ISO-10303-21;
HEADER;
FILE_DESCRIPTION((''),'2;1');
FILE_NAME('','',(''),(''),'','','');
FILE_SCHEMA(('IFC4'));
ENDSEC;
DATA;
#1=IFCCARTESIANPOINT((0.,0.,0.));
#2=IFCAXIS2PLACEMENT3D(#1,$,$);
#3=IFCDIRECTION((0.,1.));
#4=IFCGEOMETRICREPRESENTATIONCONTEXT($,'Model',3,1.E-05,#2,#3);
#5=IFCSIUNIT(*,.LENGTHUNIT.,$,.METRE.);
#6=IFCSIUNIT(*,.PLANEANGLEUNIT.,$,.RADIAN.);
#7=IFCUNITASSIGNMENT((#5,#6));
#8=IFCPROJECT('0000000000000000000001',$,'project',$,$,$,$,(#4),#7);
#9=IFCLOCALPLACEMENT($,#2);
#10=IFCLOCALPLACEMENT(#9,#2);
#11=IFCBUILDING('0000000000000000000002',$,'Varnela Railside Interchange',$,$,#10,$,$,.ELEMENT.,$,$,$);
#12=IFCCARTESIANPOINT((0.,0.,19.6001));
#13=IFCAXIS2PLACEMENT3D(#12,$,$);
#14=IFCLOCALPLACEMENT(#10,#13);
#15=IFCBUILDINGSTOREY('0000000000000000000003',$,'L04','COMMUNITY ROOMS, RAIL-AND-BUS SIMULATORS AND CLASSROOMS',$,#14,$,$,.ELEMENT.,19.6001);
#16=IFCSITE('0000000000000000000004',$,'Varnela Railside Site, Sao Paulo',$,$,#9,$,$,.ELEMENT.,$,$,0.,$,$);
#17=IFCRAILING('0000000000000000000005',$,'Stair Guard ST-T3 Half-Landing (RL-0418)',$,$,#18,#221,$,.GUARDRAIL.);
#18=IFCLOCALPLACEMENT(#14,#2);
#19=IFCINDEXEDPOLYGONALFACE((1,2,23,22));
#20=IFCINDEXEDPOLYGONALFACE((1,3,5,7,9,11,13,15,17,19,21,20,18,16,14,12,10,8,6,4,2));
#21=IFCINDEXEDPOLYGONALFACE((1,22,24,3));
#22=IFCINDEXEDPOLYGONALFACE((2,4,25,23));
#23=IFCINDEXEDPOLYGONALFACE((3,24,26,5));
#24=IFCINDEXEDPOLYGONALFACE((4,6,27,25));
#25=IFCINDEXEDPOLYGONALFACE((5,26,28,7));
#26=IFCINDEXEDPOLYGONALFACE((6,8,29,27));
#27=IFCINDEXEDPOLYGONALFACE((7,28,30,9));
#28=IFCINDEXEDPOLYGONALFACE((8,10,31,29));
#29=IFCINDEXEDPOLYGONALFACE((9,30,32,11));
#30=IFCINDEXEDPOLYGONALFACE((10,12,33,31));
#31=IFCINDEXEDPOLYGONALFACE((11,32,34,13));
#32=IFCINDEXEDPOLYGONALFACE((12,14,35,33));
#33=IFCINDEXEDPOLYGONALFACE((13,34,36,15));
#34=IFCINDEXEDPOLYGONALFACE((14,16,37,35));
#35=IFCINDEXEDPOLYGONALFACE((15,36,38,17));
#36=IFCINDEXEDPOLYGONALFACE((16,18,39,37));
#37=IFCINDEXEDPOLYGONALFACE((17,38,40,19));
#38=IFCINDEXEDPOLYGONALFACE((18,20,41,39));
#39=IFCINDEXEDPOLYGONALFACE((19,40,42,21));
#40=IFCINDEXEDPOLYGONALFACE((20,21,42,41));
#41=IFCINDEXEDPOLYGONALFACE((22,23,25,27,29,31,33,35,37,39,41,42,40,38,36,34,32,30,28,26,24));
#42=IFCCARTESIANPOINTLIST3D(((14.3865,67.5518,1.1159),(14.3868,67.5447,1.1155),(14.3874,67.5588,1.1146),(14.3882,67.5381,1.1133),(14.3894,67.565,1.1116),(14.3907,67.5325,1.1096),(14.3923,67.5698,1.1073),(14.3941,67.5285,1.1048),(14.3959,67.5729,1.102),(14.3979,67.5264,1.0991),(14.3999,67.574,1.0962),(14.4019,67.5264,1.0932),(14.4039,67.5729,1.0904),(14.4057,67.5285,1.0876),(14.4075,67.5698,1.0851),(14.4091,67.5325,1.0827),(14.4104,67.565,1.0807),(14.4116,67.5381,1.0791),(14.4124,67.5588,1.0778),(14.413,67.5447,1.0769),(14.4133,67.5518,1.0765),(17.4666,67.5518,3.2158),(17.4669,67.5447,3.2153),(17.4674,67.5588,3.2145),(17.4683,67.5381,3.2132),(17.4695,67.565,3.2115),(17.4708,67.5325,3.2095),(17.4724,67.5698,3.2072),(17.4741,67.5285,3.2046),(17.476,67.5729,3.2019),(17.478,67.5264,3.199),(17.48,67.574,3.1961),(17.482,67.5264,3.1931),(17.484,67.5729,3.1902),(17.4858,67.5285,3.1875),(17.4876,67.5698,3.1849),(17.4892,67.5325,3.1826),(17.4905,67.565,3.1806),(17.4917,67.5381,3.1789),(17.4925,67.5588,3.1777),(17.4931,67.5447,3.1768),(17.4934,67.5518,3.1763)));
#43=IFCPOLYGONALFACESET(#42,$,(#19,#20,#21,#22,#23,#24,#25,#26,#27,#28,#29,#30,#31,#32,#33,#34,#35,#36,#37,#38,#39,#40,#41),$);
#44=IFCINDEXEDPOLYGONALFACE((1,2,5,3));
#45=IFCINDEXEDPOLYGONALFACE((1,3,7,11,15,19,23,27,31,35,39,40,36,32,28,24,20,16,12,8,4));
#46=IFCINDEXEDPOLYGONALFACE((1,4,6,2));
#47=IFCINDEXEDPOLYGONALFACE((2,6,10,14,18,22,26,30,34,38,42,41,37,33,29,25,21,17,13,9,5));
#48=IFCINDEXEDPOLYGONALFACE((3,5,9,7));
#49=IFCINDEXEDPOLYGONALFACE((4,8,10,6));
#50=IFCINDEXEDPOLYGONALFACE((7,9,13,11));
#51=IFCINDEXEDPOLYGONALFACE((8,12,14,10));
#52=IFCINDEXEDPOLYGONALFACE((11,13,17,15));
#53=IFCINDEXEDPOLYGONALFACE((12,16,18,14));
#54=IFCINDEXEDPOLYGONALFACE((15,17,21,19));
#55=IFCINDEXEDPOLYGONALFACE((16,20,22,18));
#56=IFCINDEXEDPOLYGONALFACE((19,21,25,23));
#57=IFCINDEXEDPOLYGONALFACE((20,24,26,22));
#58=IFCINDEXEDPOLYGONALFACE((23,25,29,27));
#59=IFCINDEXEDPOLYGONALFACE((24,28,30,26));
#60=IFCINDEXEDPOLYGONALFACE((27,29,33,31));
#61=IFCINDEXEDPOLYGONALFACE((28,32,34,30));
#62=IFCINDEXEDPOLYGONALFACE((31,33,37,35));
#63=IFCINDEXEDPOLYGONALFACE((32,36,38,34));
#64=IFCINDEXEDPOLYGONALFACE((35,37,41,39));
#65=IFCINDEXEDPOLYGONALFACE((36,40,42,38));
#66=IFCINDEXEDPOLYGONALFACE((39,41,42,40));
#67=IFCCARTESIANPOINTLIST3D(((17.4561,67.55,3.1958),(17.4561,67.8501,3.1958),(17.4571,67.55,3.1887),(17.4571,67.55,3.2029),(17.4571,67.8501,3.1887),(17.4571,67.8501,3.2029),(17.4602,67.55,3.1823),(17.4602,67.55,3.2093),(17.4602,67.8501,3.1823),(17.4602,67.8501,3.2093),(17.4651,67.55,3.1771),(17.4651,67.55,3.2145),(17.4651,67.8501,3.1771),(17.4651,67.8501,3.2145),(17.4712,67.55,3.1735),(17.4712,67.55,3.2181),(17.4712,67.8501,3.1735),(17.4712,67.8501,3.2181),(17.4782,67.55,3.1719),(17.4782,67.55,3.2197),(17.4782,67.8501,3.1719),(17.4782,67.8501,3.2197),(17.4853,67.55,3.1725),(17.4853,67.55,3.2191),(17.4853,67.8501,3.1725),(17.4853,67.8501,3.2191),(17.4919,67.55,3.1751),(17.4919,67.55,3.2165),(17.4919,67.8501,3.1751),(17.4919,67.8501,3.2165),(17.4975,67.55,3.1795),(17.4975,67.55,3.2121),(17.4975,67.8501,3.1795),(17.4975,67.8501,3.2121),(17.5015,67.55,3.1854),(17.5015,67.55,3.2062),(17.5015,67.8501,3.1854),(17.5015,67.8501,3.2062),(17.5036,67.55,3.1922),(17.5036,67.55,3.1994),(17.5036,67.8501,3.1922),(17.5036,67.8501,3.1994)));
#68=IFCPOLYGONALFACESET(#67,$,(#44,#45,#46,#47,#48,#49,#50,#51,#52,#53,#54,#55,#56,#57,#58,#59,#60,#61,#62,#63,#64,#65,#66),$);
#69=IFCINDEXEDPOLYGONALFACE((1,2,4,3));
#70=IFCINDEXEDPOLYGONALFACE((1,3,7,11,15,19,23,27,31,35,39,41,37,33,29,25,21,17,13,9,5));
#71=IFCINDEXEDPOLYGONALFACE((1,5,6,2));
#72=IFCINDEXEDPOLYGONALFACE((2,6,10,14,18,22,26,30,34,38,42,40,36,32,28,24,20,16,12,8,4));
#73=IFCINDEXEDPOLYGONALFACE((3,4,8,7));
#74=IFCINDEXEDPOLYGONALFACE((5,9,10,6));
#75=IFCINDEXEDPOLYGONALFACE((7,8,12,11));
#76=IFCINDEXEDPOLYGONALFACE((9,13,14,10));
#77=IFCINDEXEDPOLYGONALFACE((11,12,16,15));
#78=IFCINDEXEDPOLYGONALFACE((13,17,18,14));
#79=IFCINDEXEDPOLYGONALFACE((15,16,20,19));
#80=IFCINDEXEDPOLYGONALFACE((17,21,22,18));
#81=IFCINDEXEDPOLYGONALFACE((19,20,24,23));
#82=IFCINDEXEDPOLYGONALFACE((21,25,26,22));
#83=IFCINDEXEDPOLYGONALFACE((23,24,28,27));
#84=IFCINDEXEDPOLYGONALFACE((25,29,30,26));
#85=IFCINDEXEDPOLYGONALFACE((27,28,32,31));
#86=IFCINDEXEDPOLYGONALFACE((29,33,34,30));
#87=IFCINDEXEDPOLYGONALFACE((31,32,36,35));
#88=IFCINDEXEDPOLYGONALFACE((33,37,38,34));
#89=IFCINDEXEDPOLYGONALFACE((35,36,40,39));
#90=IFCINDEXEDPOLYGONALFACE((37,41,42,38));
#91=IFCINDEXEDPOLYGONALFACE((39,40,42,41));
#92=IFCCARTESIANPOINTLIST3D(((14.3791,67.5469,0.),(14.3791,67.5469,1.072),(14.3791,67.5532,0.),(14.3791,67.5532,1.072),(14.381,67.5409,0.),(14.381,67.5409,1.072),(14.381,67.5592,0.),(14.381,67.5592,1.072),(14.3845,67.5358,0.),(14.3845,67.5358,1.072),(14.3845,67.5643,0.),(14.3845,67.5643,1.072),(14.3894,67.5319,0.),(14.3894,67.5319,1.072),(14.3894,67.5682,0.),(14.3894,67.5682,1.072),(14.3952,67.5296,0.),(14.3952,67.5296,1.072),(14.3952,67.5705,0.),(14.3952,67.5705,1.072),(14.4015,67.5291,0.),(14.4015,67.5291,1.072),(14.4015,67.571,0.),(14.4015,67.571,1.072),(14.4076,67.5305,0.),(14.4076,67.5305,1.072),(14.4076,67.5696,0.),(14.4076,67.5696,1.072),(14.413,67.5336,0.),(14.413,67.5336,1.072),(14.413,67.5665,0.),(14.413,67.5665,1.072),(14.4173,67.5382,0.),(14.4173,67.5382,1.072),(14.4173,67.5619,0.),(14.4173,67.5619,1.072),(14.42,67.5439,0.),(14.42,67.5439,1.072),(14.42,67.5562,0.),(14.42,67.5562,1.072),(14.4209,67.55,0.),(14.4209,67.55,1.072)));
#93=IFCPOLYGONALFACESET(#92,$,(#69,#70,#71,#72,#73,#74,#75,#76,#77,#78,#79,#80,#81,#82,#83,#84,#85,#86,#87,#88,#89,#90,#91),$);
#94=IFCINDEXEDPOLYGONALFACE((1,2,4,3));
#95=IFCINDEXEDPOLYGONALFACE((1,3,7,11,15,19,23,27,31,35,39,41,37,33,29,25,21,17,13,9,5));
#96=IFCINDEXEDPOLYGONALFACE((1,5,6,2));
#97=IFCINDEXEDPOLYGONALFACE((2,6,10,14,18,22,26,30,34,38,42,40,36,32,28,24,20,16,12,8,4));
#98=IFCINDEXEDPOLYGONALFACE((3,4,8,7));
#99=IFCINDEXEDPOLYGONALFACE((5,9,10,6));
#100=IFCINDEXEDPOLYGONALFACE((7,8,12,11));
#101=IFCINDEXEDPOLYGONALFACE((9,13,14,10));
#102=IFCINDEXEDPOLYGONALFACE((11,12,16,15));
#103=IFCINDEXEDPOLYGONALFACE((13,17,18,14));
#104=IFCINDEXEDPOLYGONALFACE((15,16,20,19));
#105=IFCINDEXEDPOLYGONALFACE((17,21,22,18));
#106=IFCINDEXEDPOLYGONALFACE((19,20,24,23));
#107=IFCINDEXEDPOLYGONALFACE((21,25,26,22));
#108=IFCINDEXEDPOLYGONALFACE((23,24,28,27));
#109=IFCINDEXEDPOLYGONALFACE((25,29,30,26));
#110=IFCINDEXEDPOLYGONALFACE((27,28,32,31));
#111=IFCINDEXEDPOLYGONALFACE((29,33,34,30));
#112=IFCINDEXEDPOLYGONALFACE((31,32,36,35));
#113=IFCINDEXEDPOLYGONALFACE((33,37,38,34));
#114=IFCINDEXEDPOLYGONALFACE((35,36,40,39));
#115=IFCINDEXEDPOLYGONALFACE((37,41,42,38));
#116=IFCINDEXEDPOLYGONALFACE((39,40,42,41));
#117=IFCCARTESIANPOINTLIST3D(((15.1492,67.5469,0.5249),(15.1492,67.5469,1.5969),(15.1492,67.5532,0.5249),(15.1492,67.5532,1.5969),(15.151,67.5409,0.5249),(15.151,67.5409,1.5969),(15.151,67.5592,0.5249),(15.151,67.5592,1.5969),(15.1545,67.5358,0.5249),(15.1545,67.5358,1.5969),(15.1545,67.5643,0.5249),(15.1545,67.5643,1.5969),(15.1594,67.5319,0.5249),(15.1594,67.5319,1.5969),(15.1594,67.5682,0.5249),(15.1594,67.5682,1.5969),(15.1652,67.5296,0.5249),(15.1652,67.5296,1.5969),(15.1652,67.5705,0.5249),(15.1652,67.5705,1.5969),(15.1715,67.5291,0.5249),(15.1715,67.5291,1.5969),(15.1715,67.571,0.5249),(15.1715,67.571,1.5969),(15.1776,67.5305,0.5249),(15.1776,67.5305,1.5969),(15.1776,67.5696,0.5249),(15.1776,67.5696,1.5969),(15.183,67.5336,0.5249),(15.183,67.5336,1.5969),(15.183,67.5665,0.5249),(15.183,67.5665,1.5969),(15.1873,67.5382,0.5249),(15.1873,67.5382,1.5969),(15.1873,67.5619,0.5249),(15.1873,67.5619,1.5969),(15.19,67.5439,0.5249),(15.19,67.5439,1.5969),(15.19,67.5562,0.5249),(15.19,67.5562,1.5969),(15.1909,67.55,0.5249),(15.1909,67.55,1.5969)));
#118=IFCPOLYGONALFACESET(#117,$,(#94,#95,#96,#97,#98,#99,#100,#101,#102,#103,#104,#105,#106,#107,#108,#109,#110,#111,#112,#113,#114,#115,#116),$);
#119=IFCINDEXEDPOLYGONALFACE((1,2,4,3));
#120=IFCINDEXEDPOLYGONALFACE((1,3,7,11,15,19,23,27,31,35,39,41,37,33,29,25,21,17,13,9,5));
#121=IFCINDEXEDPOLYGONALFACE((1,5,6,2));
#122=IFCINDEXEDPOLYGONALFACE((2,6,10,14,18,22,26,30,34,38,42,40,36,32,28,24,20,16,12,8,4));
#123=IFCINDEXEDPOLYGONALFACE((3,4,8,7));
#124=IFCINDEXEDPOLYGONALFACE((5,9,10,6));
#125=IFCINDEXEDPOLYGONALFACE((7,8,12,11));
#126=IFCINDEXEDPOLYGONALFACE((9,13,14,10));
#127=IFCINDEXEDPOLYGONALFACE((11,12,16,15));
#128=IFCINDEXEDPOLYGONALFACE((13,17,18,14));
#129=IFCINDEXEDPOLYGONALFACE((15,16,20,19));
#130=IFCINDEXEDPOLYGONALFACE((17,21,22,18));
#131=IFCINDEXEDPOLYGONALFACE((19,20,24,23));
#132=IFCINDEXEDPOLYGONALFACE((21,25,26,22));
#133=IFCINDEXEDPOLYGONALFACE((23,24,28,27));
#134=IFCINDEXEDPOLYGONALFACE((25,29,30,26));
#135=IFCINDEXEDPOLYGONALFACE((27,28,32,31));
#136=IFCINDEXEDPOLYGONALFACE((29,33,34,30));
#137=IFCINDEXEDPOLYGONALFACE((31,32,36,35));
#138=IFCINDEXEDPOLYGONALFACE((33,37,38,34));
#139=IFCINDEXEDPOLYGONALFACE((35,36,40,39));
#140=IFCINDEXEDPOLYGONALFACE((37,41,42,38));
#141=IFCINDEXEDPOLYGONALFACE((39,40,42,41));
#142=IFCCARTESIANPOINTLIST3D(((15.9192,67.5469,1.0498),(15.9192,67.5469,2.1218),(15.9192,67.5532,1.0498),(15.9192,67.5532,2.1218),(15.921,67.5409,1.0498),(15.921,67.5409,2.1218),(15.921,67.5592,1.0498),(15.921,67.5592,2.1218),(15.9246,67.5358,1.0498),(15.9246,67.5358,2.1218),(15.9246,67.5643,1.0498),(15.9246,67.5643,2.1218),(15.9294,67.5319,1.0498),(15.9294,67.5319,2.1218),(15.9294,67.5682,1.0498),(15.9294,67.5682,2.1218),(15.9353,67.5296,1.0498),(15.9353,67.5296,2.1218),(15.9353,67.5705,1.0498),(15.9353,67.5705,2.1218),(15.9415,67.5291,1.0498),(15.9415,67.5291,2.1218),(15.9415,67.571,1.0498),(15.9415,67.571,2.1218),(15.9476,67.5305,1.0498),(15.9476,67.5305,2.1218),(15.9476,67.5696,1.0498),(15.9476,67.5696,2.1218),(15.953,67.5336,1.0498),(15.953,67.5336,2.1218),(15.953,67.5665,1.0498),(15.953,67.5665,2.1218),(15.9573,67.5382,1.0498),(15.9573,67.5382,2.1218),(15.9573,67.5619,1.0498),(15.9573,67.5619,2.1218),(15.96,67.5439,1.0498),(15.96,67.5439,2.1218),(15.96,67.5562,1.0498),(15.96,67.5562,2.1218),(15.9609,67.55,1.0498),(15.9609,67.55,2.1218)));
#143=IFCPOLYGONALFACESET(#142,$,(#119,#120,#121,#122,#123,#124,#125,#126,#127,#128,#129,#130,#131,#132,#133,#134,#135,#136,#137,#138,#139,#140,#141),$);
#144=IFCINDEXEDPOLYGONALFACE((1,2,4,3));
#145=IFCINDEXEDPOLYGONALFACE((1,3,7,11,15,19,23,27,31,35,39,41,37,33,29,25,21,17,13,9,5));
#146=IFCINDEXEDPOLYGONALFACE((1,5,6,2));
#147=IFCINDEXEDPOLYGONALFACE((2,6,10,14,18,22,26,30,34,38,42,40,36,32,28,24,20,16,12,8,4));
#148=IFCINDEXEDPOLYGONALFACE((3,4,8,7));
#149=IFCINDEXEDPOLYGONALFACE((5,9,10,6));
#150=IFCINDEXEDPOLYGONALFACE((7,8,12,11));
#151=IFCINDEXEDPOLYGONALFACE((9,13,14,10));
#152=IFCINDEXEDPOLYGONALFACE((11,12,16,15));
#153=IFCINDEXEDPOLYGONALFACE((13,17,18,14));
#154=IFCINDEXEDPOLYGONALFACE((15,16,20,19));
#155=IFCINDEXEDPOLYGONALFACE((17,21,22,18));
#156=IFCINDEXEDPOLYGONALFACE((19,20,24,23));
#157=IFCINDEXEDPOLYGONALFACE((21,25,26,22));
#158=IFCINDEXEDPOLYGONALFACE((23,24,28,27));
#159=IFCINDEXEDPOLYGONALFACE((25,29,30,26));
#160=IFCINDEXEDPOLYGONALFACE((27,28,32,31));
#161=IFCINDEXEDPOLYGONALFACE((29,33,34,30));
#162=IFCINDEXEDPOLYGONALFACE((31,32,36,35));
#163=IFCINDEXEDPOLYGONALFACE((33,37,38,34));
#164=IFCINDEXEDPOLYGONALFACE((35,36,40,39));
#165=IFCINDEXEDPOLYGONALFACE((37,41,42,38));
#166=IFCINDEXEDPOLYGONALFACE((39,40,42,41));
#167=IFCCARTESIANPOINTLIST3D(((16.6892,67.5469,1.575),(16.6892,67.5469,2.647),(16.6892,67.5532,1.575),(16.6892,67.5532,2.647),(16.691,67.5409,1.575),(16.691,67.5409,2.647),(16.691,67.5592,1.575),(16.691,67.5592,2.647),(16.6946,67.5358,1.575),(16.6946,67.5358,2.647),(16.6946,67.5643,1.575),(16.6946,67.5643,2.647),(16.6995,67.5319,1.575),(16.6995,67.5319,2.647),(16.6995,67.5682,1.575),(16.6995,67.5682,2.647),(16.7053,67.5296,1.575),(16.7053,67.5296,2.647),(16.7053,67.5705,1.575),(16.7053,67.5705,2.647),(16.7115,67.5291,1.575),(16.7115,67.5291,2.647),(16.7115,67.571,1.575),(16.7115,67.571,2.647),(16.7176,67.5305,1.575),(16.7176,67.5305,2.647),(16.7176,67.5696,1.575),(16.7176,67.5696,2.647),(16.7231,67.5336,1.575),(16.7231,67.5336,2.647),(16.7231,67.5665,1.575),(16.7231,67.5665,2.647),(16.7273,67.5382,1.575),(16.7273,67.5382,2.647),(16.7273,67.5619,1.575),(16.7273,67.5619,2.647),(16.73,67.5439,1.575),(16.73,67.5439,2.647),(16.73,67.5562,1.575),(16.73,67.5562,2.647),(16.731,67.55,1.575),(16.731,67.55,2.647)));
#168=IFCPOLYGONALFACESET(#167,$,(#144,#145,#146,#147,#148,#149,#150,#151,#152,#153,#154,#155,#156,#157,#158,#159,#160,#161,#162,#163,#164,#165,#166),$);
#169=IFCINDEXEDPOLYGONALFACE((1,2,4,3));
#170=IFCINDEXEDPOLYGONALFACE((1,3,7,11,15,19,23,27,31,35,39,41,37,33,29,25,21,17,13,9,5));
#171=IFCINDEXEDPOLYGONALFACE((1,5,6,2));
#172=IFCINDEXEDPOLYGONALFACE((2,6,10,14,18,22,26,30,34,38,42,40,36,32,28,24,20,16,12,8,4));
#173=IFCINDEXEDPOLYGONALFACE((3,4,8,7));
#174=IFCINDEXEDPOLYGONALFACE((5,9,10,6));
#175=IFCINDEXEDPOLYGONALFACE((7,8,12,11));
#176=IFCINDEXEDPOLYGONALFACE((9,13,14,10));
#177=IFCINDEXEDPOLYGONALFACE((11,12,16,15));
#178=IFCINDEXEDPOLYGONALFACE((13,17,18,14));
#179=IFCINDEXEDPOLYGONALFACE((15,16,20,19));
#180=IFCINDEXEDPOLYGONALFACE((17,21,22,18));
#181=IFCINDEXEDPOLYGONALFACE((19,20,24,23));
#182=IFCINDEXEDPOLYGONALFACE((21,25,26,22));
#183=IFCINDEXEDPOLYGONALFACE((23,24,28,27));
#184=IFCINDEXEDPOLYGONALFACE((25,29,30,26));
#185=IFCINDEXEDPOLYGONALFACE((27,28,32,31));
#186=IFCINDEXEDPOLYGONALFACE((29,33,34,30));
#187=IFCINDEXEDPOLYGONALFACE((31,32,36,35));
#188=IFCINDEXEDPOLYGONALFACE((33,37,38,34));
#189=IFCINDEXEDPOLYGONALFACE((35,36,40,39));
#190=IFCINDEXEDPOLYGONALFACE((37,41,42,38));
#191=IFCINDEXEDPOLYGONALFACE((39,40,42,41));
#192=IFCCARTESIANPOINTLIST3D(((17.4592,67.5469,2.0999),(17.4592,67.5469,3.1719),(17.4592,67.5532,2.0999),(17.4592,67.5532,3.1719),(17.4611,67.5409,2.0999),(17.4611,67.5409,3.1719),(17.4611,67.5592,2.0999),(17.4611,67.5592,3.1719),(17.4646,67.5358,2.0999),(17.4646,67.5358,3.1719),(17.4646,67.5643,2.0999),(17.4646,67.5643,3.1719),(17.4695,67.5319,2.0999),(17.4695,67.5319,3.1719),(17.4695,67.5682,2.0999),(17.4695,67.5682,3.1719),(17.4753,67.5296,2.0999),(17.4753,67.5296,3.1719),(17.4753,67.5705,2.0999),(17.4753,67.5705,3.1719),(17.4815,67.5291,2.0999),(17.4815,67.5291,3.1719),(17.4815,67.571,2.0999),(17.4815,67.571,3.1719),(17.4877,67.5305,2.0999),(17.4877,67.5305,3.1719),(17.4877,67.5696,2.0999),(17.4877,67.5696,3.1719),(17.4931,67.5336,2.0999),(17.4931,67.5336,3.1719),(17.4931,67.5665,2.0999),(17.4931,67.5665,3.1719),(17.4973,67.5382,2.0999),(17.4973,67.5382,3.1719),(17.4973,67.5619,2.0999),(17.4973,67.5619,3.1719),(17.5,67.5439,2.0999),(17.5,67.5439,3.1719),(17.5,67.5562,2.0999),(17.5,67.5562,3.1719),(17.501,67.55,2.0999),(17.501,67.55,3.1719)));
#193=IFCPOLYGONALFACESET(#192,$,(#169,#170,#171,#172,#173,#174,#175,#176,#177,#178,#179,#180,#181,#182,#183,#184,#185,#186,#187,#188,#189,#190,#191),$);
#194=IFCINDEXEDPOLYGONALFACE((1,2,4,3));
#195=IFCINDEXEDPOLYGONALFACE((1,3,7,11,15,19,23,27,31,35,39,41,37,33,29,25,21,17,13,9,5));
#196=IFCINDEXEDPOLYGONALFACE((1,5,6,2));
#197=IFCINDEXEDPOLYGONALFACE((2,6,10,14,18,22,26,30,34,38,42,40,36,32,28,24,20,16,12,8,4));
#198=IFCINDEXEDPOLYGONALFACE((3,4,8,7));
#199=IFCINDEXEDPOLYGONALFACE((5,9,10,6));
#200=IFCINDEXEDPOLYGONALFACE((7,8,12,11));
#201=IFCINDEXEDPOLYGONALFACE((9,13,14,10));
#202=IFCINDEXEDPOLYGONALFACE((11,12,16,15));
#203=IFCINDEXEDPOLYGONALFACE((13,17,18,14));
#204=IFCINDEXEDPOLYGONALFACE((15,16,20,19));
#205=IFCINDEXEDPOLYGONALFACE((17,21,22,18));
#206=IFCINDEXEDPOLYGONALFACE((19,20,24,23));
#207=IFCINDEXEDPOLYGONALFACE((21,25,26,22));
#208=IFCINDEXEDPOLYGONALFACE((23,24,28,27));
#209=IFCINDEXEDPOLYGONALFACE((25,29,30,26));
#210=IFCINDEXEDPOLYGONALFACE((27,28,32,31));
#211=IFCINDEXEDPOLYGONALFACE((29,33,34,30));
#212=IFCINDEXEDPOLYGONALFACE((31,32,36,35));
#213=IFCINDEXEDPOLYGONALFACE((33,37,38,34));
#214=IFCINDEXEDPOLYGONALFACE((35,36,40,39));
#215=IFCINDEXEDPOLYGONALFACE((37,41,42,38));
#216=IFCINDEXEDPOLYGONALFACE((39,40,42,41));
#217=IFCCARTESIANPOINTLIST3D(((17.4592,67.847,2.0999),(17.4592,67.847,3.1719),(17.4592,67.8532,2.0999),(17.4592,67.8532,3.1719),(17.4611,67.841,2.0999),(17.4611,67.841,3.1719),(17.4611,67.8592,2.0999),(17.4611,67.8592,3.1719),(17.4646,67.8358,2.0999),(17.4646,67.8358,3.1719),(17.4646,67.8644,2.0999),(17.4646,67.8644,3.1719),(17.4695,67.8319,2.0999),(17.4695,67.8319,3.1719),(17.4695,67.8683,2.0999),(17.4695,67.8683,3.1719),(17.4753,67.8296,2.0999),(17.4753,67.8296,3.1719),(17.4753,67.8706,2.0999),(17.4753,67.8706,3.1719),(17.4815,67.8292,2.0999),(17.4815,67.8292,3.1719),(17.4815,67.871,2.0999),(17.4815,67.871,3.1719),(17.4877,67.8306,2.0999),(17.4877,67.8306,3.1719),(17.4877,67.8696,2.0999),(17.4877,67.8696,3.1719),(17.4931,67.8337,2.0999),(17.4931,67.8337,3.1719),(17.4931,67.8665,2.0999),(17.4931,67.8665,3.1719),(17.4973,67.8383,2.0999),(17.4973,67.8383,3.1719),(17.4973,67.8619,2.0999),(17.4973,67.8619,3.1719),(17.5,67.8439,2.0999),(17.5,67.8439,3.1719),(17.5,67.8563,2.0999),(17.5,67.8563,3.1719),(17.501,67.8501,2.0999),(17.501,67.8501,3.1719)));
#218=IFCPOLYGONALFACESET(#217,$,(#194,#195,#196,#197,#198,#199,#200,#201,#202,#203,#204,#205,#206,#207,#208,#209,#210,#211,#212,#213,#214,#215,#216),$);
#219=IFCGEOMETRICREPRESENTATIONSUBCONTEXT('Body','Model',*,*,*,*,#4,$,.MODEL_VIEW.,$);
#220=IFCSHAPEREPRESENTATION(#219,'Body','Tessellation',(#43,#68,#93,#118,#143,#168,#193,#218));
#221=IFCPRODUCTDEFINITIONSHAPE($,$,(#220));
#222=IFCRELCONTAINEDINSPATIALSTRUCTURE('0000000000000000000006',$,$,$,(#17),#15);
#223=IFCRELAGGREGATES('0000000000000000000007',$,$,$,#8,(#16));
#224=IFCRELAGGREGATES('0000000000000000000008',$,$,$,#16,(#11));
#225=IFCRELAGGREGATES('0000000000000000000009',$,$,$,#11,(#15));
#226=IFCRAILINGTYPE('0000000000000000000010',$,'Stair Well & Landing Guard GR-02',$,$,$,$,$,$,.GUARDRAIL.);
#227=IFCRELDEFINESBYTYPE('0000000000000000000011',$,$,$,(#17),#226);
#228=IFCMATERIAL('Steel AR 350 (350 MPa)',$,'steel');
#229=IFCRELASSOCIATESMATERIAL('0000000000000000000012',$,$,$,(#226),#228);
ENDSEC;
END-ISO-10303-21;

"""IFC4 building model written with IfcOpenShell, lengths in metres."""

from ifc_helpers import new_model, si_unit, direction, frame, origin, origin_2d, place, context, subcontext, project, spatial, circle, extrude, material, type_object, element, save


model = new_model("IFC4")

# Units and contexts
model_context = context("Model", 3, precision=1e-05, world=origin(), true_north=direction((0.0, 1.0)))
body_context = subcontext(model_context, "Body", "Model", "MODEL_VIEW")
ifc_project = project(units=[si_unit("LENGTHUNIT", "METRE"), si_unit("PLANEANGLEUNIT", "RADIAN")], contexts=[model_context])

# Site, building, storey
site_placement = place(None, origin())
site = spatial("IfcSite", under=ifc_project, at=site_placement, Name="Varnela Railside Site, Sao Paulo", CompositionType="ELEMENT", RefElevation=0.0)
building_placement = place(site_placement, origin())
building = spatial("IfcBuilding", under=site, at=building_placement, Name="Varnela Railside Interchange", CompositionType="ELEMENT")
storey_placement = place(building_placement, frame((0.0, 0.0, 19.6001)))
storey = spatial("IfcBuildingStorey", under=building, at=storey_placement, Name="L04", Description="COMMUNITY ROOMS, RAIL-AND-BUS SIMULATORS AND CLASSROOMS", CompositionType="ELEMENT", Elevation=19.6001)

# Shared definitions
ifc_material_1 = material(Name="Steel AR 350 (350 MPa)", Category="steel")

# Railing
railing_type_1 = type_object("IfcRailingType", Name="Stair Well & Landing Guard GR-02", PredefinedType="GUARDRAIL", material=ifc_material_1)
railing_1_placement = place(storey_placement, frame((14.3999, 67.55, 0.0)))
element("IfcRailing", 1, at=railing_1_placement, inside=storey, type_object=railing_type_1, Name="Stair Guard ST-T3 Half-Landing (RL-0418)", PredefinedType="GUARDRAIL", context=body_context, shape_type="SweptSolid", body=[
    extrude(circle(Radius=0.0239, at=origin_2d()), frame((0.0, 0.0, 1.0962), z_axis=(0.826252, 0.0, 0.5633), x_axis=(0.0, 1.0, 0.0)), (0.0, 0.0, 1.0), 3.7278),
    extrude(circle(Radius=0.0239, at=origin_2d()), frame((3.0801, 0.0, 3.1958), z_axis=(0.0, 1.0, 0.0), x_axis=(-1.0, 0.0, 0.0)), (0.0, 0.0, 1.0), 0.3),
    extrude(circle(Radius=0.021, at=origin_2d()), origin(), (0.0, 0.0, 1.0), 1.072),
    extrude(circle(Radius=0.021, at=origin_2d()), frame((0.77, 0.0, 0.5249)), (0.0, 0.0, 1.0), 1.072),
    extrude(circle(Radius=0.021, at=origin_2d()), frame((1.54, 0.0, 1.0498)), (0.0, 0.0, 1.0), 1.072),
    extrude(circle(Radius=0.021, at=origin_2d()), frame((2.3101, 0.0, 1.575)), (0.0, 0.0, 1.0), 1.072),
    extrude(circle(Radius=0.021, at=origin_2d()), frame((3.0801, 0.0, 2.0999)), (0.0, 0.0, 1.0), 1.072),
    extrude(circle(Radius=0.021, at=origin_2d()), frame((3.0801, 0.3, 2.0999)), (0.0, 0.0, 1.0), 1.072),
])

save(model, "model.ifc")
